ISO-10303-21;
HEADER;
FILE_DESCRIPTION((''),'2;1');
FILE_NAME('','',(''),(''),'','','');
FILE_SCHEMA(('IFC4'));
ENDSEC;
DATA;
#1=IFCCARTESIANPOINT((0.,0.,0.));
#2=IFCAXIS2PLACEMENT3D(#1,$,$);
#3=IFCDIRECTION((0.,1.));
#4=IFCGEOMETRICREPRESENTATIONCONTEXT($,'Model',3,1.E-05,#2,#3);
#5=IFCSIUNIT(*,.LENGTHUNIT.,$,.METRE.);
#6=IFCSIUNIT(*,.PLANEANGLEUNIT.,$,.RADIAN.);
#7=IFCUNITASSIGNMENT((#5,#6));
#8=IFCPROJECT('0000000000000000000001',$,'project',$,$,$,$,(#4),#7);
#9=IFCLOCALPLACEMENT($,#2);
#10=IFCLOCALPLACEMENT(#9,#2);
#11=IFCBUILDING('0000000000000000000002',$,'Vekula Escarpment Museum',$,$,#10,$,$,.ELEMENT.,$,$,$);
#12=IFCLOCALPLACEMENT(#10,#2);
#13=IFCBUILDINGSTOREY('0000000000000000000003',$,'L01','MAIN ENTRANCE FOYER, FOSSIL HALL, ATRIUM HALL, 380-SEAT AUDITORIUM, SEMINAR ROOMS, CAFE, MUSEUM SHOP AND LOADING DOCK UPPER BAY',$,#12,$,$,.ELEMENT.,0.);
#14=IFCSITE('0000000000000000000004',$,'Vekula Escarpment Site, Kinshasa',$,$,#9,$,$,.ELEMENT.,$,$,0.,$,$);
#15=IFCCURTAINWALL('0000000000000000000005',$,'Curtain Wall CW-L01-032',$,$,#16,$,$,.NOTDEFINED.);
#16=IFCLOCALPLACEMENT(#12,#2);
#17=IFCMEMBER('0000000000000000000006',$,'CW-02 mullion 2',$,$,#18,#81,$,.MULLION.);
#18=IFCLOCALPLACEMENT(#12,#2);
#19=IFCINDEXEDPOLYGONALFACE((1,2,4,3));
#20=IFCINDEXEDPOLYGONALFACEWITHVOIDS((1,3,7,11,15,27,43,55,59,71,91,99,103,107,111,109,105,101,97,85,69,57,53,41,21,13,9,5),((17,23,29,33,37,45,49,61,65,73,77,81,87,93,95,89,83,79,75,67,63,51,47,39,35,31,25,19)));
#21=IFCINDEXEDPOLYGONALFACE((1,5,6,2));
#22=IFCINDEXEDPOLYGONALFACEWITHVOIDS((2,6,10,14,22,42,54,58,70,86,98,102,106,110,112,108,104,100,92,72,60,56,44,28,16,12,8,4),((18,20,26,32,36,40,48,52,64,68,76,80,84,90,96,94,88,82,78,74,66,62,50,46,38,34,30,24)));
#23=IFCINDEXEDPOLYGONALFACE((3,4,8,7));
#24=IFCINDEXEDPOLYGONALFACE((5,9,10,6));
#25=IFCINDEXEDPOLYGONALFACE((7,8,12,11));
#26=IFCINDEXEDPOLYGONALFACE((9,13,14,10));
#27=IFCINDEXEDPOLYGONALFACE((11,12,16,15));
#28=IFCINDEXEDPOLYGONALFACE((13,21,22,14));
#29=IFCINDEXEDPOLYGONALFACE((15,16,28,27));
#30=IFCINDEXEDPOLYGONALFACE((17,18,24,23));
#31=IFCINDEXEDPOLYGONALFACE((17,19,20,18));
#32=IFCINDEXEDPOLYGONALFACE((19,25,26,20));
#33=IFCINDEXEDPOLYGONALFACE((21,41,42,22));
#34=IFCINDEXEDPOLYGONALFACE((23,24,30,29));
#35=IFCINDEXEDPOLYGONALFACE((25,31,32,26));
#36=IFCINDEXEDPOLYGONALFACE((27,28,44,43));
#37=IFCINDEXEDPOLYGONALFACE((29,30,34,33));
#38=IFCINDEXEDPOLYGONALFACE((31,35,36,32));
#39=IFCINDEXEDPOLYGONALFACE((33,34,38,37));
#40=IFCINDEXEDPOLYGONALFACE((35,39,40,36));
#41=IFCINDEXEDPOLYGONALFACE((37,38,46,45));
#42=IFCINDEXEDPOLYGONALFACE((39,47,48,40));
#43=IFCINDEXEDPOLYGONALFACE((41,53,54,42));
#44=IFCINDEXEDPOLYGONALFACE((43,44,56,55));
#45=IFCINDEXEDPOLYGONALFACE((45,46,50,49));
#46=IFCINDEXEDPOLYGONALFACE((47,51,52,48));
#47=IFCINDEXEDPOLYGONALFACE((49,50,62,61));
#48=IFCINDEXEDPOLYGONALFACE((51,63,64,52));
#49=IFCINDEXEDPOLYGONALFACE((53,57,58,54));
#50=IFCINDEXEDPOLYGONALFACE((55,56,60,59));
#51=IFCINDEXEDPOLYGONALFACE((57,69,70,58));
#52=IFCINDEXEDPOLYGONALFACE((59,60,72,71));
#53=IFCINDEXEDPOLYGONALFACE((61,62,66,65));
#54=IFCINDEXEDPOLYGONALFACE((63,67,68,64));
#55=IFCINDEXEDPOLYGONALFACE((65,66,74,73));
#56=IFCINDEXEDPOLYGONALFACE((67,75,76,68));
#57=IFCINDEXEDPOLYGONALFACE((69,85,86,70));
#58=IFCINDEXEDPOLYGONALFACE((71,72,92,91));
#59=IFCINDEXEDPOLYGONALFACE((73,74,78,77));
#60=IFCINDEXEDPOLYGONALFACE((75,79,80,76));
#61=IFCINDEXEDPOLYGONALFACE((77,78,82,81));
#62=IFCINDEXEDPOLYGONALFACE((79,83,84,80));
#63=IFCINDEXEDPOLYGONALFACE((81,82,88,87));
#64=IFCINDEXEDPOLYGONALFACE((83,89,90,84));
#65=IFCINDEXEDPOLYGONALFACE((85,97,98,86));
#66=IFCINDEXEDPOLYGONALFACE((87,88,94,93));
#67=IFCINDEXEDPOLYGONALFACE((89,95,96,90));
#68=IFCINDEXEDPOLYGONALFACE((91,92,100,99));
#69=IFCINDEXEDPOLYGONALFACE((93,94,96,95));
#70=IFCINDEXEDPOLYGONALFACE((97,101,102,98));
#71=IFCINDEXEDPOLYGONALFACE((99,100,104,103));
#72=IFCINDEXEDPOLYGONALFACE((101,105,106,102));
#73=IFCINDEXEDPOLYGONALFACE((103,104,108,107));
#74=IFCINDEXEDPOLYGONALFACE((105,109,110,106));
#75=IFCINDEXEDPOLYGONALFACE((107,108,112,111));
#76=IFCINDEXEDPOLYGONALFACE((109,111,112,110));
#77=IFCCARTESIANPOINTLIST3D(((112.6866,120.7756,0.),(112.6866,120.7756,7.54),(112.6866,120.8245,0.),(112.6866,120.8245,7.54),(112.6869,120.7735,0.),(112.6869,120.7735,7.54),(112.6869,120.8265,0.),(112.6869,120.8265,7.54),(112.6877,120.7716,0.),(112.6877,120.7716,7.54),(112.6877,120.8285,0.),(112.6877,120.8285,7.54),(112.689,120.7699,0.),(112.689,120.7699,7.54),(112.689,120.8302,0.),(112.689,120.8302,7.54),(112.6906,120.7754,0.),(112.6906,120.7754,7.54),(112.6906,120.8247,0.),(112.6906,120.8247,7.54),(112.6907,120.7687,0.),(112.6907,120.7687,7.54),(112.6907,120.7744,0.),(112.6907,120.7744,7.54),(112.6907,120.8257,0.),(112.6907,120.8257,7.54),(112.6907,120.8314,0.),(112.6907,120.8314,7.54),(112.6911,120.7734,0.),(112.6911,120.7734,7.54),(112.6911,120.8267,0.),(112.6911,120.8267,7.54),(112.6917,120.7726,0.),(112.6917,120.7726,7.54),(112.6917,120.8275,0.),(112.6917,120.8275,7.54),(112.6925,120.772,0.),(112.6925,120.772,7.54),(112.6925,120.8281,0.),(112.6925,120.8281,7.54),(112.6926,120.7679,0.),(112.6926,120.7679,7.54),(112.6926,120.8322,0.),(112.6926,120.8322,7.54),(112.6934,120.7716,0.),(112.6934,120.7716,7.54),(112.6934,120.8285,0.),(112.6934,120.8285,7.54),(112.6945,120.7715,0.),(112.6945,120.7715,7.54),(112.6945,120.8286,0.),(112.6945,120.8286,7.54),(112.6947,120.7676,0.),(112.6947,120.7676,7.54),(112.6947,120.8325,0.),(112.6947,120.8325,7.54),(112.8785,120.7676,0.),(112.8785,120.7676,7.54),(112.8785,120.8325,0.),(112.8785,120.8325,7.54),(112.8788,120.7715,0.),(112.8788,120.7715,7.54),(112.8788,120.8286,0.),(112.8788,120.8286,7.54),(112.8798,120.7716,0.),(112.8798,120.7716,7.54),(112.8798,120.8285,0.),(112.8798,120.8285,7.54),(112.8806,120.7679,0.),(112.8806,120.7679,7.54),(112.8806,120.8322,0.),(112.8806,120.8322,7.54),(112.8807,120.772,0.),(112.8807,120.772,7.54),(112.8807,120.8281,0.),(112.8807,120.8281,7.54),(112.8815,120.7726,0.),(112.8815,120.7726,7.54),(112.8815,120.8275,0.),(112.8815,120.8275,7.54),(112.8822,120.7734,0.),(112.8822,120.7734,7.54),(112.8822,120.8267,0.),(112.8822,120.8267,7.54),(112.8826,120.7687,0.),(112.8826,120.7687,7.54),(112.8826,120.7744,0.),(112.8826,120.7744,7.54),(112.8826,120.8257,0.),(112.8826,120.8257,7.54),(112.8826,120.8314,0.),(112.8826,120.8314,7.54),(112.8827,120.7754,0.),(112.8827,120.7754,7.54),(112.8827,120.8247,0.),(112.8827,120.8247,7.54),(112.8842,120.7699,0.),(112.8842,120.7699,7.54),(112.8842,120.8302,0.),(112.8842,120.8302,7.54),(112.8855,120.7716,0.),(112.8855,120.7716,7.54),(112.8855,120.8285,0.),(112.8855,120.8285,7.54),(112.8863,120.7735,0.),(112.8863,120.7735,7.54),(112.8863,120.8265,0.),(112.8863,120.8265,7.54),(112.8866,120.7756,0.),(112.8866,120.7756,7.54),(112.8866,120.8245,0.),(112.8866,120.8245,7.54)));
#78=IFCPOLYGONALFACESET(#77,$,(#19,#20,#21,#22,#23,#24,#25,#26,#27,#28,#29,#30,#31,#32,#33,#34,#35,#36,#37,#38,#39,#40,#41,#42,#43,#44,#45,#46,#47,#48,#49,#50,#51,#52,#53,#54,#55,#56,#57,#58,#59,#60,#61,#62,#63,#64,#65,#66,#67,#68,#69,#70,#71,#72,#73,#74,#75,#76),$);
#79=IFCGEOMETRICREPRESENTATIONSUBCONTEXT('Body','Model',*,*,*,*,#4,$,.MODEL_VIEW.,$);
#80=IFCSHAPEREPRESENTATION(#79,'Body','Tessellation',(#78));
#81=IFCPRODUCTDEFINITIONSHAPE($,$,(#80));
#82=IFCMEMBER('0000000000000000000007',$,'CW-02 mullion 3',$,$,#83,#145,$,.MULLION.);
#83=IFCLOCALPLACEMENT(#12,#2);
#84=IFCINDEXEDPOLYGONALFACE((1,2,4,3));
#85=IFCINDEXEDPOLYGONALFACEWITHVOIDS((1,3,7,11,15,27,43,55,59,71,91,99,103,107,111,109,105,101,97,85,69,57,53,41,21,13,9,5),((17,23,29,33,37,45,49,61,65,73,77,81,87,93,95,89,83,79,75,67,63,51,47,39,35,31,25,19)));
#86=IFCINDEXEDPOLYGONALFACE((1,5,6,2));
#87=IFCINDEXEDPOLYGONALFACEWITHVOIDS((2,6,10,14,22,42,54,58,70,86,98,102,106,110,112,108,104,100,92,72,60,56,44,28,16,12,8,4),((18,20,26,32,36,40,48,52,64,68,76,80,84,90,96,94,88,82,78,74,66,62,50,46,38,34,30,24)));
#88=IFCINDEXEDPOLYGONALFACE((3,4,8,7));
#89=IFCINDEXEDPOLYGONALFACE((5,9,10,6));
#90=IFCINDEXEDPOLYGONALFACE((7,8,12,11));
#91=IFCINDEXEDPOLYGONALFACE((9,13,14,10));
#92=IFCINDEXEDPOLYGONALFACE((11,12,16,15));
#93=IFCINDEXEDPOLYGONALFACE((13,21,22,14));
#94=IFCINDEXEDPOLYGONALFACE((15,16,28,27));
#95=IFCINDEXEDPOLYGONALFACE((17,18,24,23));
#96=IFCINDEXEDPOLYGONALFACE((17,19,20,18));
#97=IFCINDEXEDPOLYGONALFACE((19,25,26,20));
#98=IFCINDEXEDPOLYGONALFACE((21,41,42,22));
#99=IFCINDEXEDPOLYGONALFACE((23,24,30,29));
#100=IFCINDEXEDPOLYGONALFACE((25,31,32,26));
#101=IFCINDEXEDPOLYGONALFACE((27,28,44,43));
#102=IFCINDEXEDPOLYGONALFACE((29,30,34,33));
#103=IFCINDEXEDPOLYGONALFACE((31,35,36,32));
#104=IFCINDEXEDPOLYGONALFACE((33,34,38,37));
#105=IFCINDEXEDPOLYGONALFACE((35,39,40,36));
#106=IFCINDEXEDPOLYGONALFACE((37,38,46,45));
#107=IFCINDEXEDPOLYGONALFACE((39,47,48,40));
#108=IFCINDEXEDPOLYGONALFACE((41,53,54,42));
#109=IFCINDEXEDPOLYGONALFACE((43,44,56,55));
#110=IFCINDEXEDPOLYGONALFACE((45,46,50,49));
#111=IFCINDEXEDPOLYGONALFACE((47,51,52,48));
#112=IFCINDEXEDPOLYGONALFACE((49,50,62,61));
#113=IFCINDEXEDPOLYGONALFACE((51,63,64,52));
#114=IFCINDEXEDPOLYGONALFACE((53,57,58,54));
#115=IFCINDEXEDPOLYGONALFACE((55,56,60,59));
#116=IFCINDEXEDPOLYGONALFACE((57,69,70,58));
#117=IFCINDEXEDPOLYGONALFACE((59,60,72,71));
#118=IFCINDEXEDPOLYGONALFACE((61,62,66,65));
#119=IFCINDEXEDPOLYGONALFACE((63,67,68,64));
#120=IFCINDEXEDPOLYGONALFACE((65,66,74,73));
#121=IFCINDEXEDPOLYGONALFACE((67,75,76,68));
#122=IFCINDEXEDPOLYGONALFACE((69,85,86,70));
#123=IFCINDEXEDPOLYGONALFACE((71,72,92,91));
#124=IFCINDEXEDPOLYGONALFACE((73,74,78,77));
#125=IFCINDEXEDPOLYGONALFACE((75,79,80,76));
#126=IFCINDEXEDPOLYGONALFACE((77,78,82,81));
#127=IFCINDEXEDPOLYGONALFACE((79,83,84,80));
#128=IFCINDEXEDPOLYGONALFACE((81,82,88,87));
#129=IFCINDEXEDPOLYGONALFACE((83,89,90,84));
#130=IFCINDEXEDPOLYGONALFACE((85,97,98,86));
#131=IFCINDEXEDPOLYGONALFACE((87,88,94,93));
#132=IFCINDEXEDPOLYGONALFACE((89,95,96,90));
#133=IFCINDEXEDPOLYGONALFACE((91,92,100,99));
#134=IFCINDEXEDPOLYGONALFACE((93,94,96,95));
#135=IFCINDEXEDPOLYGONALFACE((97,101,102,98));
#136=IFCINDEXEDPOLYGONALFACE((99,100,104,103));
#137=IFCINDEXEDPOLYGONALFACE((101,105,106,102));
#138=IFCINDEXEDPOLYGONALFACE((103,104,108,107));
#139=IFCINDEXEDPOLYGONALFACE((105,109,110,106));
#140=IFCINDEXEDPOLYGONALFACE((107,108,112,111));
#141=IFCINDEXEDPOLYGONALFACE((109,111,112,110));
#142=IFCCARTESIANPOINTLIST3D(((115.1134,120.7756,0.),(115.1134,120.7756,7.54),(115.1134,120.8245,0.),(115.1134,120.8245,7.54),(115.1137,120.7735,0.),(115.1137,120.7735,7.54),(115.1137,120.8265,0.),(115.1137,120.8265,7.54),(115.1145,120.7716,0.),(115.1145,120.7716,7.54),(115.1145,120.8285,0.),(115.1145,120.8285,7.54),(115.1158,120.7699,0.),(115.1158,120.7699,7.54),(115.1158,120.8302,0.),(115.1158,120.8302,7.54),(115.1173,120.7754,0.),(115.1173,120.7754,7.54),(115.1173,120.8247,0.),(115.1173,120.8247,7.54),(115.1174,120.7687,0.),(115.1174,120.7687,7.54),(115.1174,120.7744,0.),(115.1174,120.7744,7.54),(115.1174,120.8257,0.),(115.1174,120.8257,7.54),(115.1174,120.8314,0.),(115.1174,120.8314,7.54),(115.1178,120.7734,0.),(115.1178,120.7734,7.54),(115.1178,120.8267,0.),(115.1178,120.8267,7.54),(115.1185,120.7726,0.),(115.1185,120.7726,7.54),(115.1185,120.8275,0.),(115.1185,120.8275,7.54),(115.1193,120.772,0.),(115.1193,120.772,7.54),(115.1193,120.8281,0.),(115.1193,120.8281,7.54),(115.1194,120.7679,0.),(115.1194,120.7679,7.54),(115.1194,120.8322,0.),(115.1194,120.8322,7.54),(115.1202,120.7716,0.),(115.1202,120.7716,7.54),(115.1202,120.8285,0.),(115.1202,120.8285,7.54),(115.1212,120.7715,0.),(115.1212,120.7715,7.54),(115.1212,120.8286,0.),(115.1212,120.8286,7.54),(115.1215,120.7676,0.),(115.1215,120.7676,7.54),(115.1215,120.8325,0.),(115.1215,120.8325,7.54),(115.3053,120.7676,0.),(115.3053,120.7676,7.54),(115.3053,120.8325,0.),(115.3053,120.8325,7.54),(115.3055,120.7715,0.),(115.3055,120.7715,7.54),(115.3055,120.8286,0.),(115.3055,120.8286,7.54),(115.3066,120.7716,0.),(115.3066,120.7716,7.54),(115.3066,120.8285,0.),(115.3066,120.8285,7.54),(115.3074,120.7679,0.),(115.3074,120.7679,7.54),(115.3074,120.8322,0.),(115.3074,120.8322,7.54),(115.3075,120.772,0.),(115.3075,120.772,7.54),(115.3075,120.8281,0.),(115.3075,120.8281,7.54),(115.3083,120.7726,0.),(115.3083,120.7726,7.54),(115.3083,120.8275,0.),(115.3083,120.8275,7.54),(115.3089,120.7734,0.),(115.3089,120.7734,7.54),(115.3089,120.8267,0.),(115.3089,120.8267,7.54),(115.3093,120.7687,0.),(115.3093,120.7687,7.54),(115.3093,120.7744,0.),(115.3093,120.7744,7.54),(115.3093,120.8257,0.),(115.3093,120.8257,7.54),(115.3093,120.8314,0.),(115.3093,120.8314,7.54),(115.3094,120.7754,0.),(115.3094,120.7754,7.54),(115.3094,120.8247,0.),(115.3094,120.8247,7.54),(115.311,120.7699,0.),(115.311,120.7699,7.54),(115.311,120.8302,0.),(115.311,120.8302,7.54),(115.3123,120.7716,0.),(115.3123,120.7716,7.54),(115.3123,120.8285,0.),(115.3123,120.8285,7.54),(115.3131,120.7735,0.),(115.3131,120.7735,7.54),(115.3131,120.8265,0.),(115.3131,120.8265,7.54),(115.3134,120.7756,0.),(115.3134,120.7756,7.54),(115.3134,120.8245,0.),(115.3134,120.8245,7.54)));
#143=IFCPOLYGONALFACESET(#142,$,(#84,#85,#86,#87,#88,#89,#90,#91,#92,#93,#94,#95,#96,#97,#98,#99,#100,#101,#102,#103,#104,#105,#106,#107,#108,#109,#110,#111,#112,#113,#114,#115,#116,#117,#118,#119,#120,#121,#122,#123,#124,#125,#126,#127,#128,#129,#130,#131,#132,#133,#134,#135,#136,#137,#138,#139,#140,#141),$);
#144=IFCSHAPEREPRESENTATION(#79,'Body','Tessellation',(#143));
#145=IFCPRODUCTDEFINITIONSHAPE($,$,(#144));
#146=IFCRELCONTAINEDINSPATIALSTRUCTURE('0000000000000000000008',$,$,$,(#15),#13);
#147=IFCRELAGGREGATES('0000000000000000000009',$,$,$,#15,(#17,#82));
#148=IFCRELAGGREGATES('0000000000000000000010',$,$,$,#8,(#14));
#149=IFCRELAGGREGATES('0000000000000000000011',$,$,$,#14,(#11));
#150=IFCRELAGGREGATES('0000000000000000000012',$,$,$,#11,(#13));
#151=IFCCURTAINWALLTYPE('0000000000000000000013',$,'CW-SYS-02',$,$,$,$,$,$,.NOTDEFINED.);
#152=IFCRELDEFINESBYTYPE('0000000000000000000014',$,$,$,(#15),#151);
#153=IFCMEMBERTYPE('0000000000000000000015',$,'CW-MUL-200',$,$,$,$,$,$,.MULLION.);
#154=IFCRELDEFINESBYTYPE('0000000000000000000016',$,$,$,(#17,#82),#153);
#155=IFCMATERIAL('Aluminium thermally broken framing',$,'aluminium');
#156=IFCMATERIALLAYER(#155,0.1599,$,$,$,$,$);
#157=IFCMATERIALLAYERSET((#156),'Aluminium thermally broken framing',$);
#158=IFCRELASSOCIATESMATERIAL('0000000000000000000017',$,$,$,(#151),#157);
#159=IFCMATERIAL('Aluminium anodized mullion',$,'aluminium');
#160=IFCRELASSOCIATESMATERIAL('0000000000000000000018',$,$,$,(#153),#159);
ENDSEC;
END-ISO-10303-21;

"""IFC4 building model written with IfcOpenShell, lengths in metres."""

from ifc_helpers import new_model, si_unit, direction, frame, origin, origin_2d, place, context, subcontext, project, spatial, hollow_rectangle, extrude, material, layer, layer_set, material_profile, profile_set, type_object, element, aggregate, save


model = new_model("IFC4")

# Units and contexts
model_context = context("Model", 3, precision=1e-05, world=origin(), true_north=direction((0.0, 1.0)))
body_context = subcontext(model_context, "Body", "Model", "MODEL_VIEW")
ifc_project = project(units=[si_unit("LENGTHUNIT", "METRE"), si_unit("PLANEANGLEUNIT", "RADIAN")], contexts=[model_context])

# Site, building, storey
site_placement = place(None, origin())
site = spatial("IfcSite", under=ifc_project, at=site_placement, Name="Vekula Escarpment Site, Kinshasa", CompositionType="ELEMENT", RefElevation=0.0)
building_placement = place(site_placement, origin())
building = spatial("IfcBuilding", under=site, at=building_placement, Name="Vekula Escarpment Museum", CompositionType="ELEMENT")
storey_placement = place(building_placement, origin())
storey = spatial("IfcBuildingStorey", under=building, at=storey_placement, Name="L01", Description="MAIN ENTRANCE FOYER, FOSSIL HALL, ATRIUM HALL, 380-SEAT AUDITORIUM, SEMINAR ROOMS, CAFE, MUSEUM SHOP AND LOADING DOCK UPPER BAY", CompositionType="ELEMENT", Elevation=0.0)

# Curtain wall, members
ifc_material_1 = material(Name="Aluminium thermally broken framing", Category="aluminium")
ifc_layer_1 = layer(ifc_material_1, 0.1599)
ifc_layer_set_1 = layer_set([ifc_layer_1], Name="Aluminium thermally broken framing")
curtain_wall_type = type_object("IfcCurtainWallType", Name="CW-SYS-02", PredefinedType="NOTDEFINED", material=ifc_layer_set_1)
curtain_wall_placement = place(storey_placement, origin())
curtain_wall = element("IfcCurtainWall", 1, at=curtain_wall_placement, inside=storey, type_object=curtain_wall_type, Name="Curtain Wall CW-L01-032", PredefinedType="NOTDEFINED")
ifc_material_2 = material(Name="Aluminium anodized mullion", Category="aluminium")
ifc_material_profile_1 = material_profile(ifc_material_2, hollow_rectangle(XDim=0.0649, YDim=0.2, WallThickness=0.0039, InnerFilletRadius=0.0039, OuterFilletRadius=0.0081, at=origin_2d()), Name="ALU 200x65x4")
ifc_profile_set_1 = profile_set([ifc_material_profile_1], Name="Aluminium anodized mullion")
member_type_1 = type_object("IfcMemberType", Name="CW-MUL-200", PredefinedType="MULLION", material=ifc_profile_set_1)
member_1_placement = place(storey_placement, frame((112.7866, 120.8, 0.0), z_axis=(0.0, 0.0, 1.0), x_axis=(0.0, 1.0, 0.0)))
member_1 = element("IfcMember", 2, at=member_1_placement, type_object=member_type_1, Name="CW-02 mullion 2", PredefinedType="MULLION", context=body_context, shape_type="SweptSolid", body=[
    extrude(hollow_rectangle(XDim=0.0649, YDim=0.2, WallThickness=0.0039, InnerFilletRadius=0.0039, OuterFilletRadius=0.0081, at=origin_2d()), origin(), (0.0, 0.0, 1.0), 7.54),
])
member_2_placement = place(storey_placement, frame((115.2134, 120.8, 0.0), z_axis=(0.0, 0.0, 1.0), x_axis=(0.0, 1.0, 0.0)))
member_2 = element("IfcMember", 3, at=member_2_placement, type_object=member_type_1, Name="CW-02 mullion 3", PredefinedType="MULLION", context=body_context, shape_type="SweptSolid", body=[
    extrude(hollow_rectangle(XDim=0.0649, YDim=0.2, WallThickness=0.0039, InnerFilletRadius=0.0039, OuterFilletRadius=0.0081, at=origin_2d()), origin(), (0.0, 0.0, 1.0), 7.54),
])
aggregate(curtain_wall, [member_1, member_2])

save(model, "model.ifc")
